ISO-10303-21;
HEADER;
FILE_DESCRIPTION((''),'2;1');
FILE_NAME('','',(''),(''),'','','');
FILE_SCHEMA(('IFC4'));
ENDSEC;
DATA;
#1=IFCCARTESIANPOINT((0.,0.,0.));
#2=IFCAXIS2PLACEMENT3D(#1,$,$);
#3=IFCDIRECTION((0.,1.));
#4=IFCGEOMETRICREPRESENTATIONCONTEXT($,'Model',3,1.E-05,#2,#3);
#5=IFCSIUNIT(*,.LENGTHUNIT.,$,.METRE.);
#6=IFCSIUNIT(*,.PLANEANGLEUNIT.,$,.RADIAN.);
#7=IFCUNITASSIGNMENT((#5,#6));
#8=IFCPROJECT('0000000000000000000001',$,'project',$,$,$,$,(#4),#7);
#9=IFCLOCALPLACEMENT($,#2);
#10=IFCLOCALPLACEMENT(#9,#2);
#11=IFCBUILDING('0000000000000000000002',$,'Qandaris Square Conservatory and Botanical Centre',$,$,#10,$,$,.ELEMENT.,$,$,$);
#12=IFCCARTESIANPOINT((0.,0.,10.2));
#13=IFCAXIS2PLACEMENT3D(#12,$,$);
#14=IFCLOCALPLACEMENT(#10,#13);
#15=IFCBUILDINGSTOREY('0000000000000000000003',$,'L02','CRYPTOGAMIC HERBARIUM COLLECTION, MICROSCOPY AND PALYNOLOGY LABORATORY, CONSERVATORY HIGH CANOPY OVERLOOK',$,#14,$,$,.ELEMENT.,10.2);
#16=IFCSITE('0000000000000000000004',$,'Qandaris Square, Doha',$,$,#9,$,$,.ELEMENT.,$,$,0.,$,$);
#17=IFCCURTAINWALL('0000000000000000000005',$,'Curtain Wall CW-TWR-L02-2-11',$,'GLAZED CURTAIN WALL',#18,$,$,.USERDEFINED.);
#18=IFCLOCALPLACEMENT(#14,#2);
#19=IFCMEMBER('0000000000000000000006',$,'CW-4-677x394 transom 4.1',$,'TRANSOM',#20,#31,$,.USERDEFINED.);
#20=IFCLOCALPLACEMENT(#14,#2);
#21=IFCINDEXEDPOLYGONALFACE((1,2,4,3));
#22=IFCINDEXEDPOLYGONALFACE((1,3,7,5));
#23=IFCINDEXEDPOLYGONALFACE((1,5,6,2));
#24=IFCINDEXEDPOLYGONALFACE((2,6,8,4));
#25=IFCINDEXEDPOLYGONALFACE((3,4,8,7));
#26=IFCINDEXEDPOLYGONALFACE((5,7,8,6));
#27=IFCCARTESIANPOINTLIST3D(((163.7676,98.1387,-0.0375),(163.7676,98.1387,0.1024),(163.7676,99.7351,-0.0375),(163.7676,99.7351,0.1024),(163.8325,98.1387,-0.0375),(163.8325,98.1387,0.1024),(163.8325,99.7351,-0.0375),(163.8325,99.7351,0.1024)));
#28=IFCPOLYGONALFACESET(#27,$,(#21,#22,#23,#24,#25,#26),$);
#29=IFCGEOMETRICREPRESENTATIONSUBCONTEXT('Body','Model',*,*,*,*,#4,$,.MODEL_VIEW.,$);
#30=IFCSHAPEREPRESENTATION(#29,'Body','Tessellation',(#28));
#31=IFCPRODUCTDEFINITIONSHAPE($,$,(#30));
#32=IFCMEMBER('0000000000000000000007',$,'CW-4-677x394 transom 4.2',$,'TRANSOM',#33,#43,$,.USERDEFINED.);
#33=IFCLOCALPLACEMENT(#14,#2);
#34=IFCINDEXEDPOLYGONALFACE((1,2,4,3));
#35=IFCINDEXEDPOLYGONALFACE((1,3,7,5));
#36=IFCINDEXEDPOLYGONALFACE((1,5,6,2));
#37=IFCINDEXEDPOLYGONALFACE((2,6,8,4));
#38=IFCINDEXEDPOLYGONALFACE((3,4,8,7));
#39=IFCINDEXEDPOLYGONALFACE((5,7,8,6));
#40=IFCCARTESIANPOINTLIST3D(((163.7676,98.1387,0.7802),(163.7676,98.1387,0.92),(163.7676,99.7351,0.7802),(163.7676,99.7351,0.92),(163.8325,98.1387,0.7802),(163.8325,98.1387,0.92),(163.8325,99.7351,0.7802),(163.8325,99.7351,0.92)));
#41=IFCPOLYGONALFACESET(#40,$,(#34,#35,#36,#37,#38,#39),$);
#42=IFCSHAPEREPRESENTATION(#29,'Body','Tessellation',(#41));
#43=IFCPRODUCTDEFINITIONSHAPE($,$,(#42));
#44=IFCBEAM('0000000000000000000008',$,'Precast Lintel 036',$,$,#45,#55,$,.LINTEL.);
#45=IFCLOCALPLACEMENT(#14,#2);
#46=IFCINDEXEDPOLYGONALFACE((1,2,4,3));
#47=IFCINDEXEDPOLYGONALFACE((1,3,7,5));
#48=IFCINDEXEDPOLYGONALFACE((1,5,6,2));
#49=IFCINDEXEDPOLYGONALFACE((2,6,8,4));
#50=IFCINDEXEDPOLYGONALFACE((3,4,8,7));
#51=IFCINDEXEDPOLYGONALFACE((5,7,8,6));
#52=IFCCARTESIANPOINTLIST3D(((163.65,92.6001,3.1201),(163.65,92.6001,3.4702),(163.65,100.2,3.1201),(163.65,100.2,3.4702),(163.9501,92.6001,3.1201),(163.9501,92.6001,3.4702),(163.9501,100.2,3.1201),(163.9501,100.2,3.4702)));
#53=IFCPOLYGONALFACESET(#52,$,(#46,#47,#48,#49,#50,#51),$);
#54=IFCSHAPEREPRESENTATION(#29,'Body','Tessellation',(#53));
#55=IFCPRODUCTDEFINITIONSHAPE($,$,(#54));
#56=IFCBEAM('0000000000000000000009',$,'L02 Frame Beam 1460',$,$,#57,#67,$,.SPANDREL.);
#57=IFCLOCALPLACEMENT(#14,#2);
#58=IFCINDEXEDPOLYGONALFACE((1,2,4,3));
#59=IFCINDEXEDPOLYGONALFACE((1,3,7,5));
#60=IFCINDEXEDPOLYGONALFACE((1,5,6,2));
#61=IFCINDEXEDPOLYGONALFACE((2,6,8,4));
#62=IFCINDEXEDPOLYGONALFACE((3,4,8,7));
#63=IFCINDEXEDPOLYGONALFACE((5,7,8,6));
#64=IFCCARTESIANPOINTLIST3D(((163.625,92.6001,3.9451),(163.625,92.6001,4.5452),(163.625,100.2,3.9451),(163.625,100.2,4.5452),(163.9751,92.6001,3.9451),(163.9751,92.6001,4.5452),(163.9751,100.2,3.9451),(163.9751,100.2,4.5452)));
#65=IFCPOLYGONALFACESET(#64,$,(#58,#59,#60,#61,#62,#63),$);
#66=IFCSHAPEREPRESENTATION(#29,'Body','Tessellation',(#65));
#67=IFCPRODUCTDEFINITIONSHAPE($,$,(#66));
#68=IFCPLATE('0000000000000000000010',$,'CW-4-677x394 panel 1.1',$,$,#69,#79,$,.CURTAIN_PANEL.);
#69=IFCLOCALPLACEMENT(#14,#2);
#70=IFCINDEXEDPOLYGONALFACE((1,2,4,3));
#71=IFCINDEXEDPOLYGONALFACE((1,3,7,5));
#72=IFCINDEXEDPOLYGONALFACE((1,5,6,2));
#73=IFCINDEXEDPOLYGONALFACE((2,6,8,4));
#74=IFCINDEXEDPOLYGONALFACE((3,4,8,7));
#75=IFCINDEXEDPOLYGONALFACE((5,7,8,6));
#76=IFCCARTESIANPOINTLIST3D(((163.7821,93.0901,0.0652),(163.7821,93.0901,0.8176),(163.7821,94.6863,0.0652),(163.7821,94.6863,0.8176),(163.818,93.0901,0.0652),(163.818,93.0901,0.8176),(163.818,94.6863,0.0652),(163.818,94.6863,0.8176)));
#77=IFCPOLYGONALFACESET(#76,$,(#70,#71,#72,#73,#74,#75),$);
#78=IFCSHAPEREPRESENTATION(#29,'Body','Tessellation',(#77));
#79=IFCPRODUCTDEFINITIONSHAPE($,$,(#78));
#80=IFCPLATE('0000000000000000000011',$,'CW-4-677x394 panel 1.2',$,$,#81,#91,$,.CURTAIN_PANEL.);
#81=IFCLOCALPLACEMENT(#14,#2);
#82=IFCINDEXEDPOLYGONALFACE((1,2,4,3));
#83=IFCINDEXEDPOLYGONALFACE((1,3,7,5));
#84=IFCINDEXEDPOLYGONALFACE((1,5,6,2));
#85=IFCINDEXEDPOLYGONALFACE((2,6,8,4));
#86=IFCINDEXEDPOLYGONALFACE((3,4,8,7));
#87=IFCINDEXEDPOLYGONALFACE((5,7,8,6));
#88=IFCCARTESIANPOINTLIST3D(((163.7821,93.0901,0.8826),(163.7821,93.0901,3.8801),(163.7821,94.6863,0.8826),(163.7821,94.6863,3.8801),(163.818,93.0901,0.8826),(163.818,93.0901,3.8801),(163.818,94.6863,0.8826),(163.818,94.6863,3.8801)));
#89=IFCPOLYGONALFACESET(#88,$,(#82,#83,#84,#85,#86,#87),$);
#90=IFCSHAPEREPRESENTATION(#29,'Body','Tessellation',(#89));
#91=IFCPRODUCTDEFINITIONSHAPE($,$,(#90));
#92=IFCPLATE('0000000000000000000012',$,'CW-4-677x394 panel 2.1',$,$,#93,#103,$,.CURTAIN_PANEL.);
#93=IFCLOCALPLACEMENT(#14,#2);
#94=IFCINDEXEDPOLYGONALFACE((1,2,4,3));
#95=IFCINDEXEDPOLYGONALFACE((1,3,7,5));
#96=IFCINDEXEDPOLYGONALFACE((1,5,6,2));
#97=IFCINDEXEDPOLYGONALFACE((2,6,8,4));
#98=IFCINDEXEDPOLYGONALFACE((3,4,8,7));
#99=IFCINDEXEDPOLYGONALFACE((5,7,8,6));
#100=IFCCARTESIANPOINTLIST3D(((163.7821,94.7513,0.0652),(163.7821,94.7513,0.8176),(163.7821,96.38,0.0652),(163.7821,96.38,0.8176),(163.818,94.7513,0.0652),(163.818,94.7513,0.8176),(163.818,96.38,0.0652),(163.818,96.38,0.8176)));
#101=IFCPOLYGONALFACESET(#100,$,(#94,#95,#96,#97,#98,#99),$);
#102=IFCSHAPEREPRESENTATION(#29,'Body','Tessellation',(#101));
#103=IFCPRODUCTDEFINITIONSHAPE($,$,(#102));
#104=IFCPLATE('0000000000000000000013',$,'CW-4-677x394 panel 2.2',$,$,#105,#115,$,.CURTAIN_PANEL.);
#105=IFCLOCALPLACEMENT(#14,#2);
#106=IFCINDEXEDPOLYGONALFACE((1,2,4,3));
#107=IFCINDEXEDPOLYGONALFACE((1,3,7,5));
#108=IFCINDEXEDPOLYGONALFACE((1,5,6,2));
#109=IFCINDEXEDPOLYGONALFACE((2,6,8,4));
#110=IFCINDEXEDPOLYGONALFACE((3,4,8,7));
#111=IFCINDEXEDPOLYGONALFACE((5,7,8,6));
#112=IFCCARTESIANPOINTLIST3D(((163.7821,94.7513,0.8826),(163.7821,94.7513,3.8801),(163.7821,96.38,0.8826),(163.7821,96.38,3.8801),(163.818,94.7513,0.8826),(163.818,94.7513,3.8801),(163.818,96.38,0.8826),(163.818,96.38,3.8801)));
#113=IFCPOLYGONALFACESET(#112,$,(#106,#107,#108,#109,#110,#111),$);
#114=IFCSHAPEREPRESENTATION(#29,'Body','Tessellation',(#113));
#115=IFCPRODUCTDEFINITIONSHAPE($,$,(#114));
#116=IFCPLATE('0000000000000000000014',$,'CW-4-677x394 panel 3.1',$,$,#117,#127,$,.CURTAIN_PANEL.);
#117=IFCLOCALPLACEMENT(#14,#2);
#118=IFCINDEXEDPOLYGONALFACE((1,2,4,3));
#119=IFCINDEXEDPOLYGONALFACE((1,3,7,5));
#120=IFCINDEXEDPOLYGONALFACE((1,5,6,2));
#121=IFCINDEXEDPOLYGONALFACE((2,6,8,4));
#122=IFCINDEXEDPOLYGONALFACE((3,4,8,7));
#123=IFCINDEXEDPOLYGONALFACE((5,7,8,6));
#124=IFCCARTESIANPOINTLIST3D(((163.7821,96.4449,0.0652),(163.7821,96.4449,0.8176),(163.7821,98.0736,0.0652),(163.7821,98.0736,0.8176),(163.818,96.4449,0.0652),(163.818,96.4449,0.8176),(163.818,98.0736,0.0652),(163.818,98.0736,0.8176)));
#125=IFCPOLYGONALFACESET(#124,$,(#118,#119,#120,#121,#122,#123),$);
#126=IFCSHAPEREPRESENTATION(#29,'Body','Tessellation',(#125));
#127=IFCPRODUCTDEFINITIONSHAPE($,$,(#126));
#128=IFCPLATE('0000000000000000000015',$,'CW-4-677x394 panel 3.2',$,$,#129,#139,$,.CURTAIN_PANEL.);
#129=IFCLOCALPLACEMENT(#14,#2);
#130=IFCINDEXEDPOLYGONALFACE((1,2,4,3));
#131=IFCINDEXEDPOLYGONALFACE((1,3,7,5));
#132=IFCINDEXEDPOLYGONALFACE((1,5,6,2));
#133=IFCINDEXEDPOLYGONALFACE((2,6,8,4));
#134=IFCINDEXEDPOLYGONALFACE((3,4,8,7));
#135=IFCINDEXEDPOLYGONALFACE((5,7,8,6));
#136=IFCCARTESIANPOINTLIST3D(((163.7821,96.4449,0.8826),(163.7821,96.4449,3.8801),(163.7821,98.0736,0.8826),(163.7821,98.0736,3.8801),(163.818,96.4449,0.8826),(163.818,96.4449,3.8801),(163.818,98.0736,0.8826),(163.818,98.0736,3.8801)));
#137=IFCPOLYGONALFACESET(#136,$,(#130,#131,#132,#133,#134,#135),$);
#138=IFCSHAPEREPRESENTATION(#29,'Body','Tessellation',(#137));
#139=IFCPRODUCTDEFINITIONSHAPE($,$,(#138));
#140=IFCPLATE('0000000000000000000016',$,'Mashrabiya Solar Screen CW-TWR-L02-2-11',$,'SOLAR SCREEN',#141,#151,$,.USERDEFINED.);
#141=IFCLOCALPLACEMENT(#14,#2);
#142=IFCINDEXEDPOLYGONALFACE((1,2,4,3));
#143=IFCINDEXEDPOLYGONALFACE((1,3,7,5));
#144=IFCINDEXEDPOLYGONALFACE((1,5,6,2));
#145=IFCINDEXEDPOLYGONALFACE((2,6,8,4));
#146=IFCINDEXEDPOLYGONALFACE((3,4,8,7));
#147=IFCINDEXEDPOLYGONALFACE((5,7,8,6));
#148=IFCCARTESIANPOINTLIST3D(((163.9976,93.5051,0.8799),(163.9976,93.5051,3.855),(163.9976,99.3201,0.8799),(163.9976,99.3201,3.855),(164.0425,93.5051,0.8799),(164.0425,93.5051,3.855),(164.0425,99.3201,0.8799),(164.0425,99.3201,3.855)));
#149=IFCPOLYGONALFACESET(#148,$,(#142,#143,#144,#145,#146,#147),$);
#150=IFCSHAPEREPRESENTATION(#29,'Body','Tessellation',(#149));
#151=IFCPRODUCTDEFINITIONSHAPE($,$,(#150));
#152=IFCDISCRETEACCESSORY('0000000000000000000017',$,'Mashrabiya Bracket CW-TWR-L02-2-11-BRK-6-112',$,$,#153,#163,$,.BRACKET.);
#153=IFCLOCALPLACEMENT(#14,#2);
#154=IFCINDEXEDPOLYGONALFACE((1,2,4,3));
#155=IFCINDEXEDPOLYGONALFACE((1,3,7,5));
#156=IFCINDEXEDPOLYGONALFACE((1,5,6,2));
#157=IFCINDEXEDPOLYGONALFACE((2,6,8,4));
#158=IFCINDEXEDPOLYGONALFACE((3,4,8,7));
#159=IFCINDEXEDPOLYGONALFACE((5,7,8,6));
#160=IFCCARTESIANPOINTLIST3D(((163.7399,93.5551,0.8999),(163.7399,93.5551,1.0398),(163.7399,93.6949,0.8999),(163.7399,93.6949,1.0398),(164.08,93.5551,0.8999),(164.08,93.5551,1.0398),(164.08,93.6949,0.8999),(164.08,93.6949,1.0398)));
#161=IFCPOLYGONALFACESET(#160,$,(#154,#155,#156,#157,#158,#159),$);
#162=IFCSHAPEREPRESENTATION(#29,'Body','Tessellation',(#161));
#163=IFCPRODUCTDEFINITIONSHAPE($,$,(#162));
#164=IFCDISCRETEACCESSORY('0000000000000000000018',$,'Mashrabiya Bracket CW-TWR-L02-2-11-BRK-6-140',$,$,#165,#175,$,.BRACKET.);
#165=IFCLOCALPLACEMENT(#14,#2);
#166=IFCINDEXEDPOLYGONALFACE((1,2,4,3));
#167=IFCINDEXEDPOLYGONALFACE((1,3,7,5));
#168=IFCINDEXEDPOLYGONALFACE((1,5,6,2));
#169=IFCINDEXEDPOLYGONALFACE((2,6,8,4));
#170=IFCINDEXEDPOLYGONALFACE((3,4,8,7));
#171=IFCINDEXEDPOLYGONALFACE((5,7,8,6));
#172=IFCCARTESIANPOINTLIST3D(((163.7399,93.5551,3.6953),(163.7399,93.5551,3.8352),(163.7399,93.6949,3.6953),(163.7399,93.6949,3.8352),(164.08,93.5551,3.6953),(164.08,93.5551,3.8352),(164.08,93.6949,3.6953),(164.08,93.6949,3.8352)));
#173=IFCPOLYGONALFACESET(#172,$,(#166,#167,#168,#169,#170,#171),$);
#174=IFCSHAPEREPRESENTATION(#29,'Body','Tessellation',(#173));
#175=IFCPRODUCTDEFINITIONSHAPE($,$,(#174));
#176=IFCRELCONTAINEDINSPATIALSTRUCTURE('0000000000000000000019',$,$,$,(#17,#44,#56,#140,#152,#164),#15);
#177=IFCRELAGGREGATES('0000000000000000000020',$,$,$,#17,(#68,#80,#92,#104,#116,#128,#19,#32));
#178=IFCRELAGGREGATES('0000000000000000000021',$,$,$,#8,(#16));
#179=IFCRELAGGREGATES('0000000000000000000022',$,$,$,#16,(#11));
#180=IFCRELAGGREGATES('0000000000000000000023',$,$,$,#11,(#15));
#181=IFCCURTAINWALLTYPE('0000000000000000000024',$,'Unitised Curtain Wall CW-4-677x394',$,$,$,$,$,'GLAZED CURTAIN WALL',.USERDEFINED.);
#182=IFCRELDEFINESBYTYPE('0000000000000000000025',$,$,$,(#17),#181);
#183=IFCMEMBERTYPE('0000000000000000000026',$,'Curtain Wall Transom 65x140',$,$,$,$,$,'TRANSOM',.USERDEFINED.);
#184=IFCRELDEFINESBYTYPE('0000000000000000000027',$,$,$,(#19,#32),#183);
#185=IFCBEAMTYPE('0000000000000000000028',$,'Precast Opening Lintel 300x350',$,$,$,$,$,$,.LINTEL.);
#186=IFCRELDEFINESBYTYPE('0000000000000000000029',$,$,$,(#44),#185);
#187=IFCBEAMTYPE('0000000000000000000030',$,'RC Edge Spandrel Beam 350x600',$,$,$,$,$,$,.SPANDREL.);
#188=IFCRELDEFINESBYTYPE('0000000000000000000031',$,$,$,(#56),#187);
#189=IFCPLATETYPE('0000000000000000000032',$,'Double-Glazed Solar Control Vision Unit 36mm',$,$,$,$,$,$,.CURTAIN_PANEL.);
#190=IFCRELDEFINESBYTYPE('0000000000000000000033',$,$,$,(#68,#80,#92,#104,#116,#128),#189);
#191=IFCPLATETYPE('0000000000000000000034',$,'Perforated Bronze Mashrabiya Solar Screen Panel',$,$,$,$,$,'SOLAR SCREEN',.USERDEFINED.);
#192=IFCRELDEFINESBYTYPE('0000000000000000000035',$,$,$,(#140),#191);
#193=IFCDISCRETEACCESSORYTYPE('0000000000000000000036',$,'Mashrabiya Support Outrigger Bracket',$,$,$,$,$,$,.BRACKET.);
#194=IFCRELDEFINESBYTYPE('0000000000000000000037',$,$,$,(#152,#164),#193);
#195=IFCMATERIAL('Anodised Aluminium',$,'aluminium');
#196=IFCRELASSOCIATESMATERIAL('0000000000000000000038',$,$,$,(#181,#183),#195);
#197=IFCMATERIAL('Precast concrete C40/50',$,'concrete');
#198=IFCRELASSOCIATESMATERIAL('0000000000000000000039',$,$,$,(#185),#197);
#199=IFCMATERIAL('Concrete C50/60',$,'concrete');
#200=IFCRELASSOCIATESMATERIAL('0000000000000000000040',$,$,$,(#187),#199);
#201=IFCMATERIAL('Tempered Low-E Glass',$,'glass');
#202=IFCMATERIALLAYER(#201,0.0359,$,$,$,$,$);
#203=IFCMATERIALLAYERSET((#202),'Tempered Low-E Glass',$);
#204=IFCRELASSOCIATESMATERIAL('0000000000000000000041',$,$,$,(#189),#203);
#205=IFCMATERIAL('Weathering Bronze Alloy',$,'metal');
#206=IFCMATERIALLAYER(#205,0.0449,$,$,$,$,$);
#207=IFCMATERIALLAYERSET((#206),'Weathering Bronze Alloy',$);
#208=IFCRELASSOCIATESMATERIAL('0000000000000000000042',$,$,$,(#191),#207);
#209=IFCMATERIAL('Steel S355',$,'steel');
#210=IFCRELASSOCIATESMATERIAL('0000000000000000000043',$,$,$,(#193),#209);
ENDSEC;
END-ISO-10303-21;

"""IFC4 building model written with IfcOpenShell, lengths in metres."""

from ifc_helpers import new_model, si_unit, direction, frame, origin, origin_2d, place, context, subcontext, project, spatial, rectangle, extrude, material, layer, layer_set, material_profile, profile_set, type_object, element, aggregate, save


model = new_model("IFC4")

# Units and contexts
model_context = context("Model", 3, precision=1e-05, world=origin(), true_north=direction((0.0, 1.0)))
body_context = subcontext(model_context, "Body", "Model", "MODEL_VIEW")
ifc_project = project(units=[si_unit("LENGTHUNIT", "METRE"), si_unit("PLANEANGLEUNIT", "RADIAN")], contexts=[model_context])

# Site, building, storey
site_placement = place(None, origin())
site = spatial("IfcSite", under=ifc_project, at=site_placement, Name="Qandaris Square, Doha", CompositionType="ELEMENT", RefElevation=0.0)
building_placement = place(site_placement, origin())
building = spatial("IfcBuilding", under=site, at=building_placement, Name="Qandaris Square Conservatory and Botanical Centre", CompositionType="ELEMENT")
storey_placement = place(building_placement, frame((0.0, 0.0, 10.2)))
storey = spatial("IfcBuildingStorey", under=building, at=storey_placement, Name="L02", Description="CRYPTOGAMIC HERBARIUM COLLECTION, MICROSCOPY AND PALYNOLOGY LABORATORY, CONSERVATORY HIGH CANOPY OVERLOOK", CompositionType="ELEMENT", Elevation=10.2)

# Shared definitions
ifc_material_1 = material(Name="Concrete C50/60", Category="concrete")

# Curtain wall, members
ifc_material_2 = material(Name="Anodised Aluminium", Category="aluminium")
curtain_wall_type = type_object("IfcCurtainWallType", Name="Unitised Curtain Wall CW-4-677x394", ElementType="GLAZED CURTAIN WALL", PredefinedType="USERDEFINED", material=ifc_material_2)
curtain_wall_placement = place(storey_placement, origin())
curtain_wall = element("IfcCurtainWall", 1, at=curtain_wall_placement, inside=storey, type_object=curtain_wall_type, Name="Curtain Wall CW-TWR-L02-2-11", ObjectType="GLAZED CURTAIN WALL", PredefinedType="USERDEFINED")
ifc_material_profile_1 = material_profile(ifc_material_2, rectangle(XDim=0.0649, YDim=0.1399, at=origin_2d()), Name="ALU-TRN 65x140")
ifc_profile_set_1 = profile_set([ifc_material_profile_1], Name="Anodised Aluminium")
member_type_1 = type_object("IfcMemberType", Name="Curtain Wall Transom 65x140", ElementType="TRANSOM", PredefinedType="USERDEFINED", material=ifc_profile_set_1)
member_1_placement = place(storey_placement, frame((163.8, 98.1387, 0.0325), z_axis=(0.0, 1.0, 0.0), x_axis=(-1.0, 0.0, 0.0)))
member_1 = element("IfcMember", 2, at=member_1_placement, type_object=member_type_1, Name="CW-4-677x394 transom 4.1", ObjectType="TRANSOM", PredefinedType="USERDEFINED", context=body_context, shape_type="SweptSolid", body=[
    extrude(rectangle(XDim=0.0649, YDim=0.1399, at=origin_2d()), origin(), (0.0, 0.0, 1.0), 1.5964),
])
member_2_placement = place(storey_placement, frame((163.8, 98.1387, 0.8501), z_axis=(0.0, 1.0, 0.0), x_axis=(-1.0, 0.0, 0.0)))
member_2 = element("IfcMember", 3, at=member_2_placement, type_object=member_type_1, Name="CW-4-677x394 transom 4.2", ObjectType="TRANSOM", PredefinedType="USERDEFINED", context=body_context, shape_type="SweptSolid", body=[
    extrude(rectangle(XDim=0.0649, YDim=0.1399, at=origin_2d()), origin(), (0.0, 0.0, 1.0), 1.5964),
])

# Beams
ifc_material_3 = material(Name="Precast concrete C40/50", Category="concrete")
ifc_material_profile_2 = material_profile(ifc_material_3, rectangle(XDim=0.3, YDim=0.3501, at=origin_2d()), Name="RC-LN 300x350")
ifc_profile_set_2 = profile_set([ifc_material_profile_2], Name="Precast concrete C40/50")
beam_type_1 = type_object("IfcBeamType", Name="Precast Opening Lintel 300x350", PredefinedType="LINTEL", material=ifc_profile_set_2)
beam_1_placement = place(storey_placement, frame((163.8, 92.6001, 3.2952), z_axis=(0.0, 1.0, 0.0), x_axis=(-1.0, 0.0, 0.0)))
element("IfcBeam", 4, at=beam_1_placement, inside=storey, type_object=beam_type_1, Name="Precast Lintel 036", PredefinedType="LINTEL", context=body_context, shape_type="SweptSolid", body=[
    extrude(rectangle(XDim=0.3, YDim=0.3501, at=origin_2d()), origin(), (0.0, 0.0, 1.0), 7.5999),
])
ifc_material_profile_3 = material_profile(ifc_material_1, rectangle(XDim=0.3501, YDim=0.6001, at=origin_2d()), Name="RC-SP 350x600")
ifc_profile_set_3 = profile_set([ifc_material_profile_3], Name="Concrete C50/60")
beam_type_2 = type_object("IfcBeamType", Name="RC Edge Spandrel Beam 350x600", PredefinedType="SPANDREL", material=ifc_profile_set_3)
beam_2_placement = place(storey_placement, frame((163.8, 92.6001, 4.2451), z_axis=(0.0, 1.0, 0.0), x_axis=(-1.0, 0.0, 0.0)))
element("IfcBeam", 5, at=beam_2_placement, inside=storey, type_object=beam_type_2, Name="L02 Frame Beam 1460", PredefinedType="SPANDREL", context=body_context, shape_type="SweptSolid", body=[
    extrude(rectangle(XDim=0.3501, YDim=0.6001, at=origin_2d()), origin(), (0.0, 0.0, 1.0), 7.5999),
])

# Plates
ifc_material_4 = material(Name="Tempered Low-E Glass", Category="glass")
ifc_layer_1 = layer(ifc_material_4, 0.0359)
ifc_layer_set_1 = layer_set([ifc_layer_1], Name="Tempered Low-E Glass")
plate_type_1 = type_object("IfcPlateType", Name="Double-Glazed Solar Control Vision Unit 36mm", PredefinedType="CURTAIN_PANEL", material=ifc_layer_set_1)
plate_1_placement = place(storey_placement, frame((163.8, 93.8882, 0.0652), z_axis=(0.0, 0.0, 1.0), x_axis=(0.0, 1.0, 0.0)))
plate_1 = element("IfcPlate", 6, at=plate_1_placement, type_object=plate_type_1, Name="CW-4-677x394 panel 1.1", PredefinedType="CURTAIN_PANEL", context=body_context, shape_type="SweptSolid", body=[
    extrude(rectangle(XDim=1.5962, YDim=0.0359, at=origin_2d()), origin(), (0.0, 0.0, 1.0), 0.7524),
])
plate_2_placement = place(storey_placement, frame((163.8, 93.8882, 0.8826), z_axis=(0.0, 0.0, 1.0), x_axis=(0.0, 1.0, 0.0)))
plate_2 = element("IfcPlate", 7, at=plate_2_placement, type_object=plate_type_1, Name="CW-4-677x394 panel 1.2", PredefinedType="CURTAIN_PANEL", context=body_context, shape_type="SweptSolid", body=[
    extrude(rectangle(XDim=1.5962, YDim=0.0359, at=origin_2d()), origin(), (0.0, 0.0, 1.0), 2.9976),
])
plate_3_placement = place(storey_placement, frame((163.8, 95.5657, 0.0652), z_axis=(0.0, 0.0, 1.0), x_axis=(0.0, 1.0, 0.0)))
plate_3 = element("IfcPlate", 8, at=plate_3_placement, type_object=plate_type_1, Name="CW-4-677x394 panel 2.1", PredefinedType="CURTAIN_PANEL", context=body_context, shape_type="SweptSolid", body=[
    extrude(rectangle(XDim=1.6287, YDim=0.0359, at=origin_2d()), origin(), (0.0, 0.0, 1.0), 0.7524),
])
plate_4_placement = place(storey_placement, frame((163.8, 95.5657, 0.8826), z_axis=(0.0, 0.0, 1.0), x_axis=(0.0, 1.0, 0.0)))
plate_4 = element("IfcPlate", 9, at=plate_4_placement, type_object=plate_type_1, Name="CW-4-677x394 panel 2.2", PredefinedType="CURTAIN_PANEL", context=body_context, shape_type="SweptSolid", body=[
    extrude(rectangle(XDim=1.6287, YDim=0.0359, at=origin_2d()), origin(), (0.0, 0.0, 1.0), 2.9976),
])
plate_5_placement = place(storey_placement, frame((163.8, 97.2593, 0.0652), z_axis=(0.0, 0.0, 1.0), x_axis=(0.0, 1.0, 0.0)))
plate_5 = element("IfcPlate", 10, at=plate_5_placement, type_object=plate_type_1, Name="CW-4-677x394 panel 3.1", PredefinedType="CURTAIN_PANEL", context=body_context, shape_type="SweptSolid", body=[
    extrude(rectangle(XDim=1.6287, YDim=0.0359, at=origin_2d()), origin(), (0.0, 0.0, 1.0), 0.7524),
])
plate_6_placement = place(storey_placement, frame((163.8, 97.2593, 0.8826), z_axis=(0.0, 0.0, 1.0), x_axis=(0.0, 1.0, 0.0)))
plate_6 = element("IfcPlate", 11, at=plate_6_placement, type_object=plate_type_1, Name="CW-4-677x394 panel 3.2", PredefinedType="CURTAIN_PANEL", context=body_context, shape_type="SweptSolid", body=[
    extrude(rectangle(XDim=1.6287, YDim=0.0359, at=origin_2d()), origin(), (0.0, 0.0, 1.0), 2.9976),
])
aggregate(curtain_wall, [plate_1, plate_2, plate_3, plate_4, plate_5, plate_6, member_1, member_2])
ifc_material_5 = material(Name="Weathering Bronze Alloy", Category="metal")
ifc_layer_2 = layer(ifc_material_5, 0.0449)
ifc_layer_set_2 = layer_set([ifc_layer_2], Name="Weathering Bronze Alloy")
plate_type_2 = type_object("IfcPlateType", Name="Perforated Bronze Mashrabiya Solar Screen Panel", ElementType="SOLAR SCREEN", PredefinedType="USERDEFINED", material=ifc_layer_set_2)
plate_7_placement = place(storey_placement, frame((164.02, 96.4126, 0.8799), z_axis=(0.0, 0.0, 1.0), x_axis=(0.0, 1.0, 0.0)))
element("IfcPlate", 12, at=plate_7_placement, inside=storey, type_object=plate_type_2, Name="Mashrabiya Solar Screen CW-TWR-L02-2-11", ObjectType="SOLAR SCREEN", PredefinedType="USERDEFINED", context=body_context, shape_type="SweptSolid", body=[
    extrude(rectangle(XDim=5.8149, YDim=0.0449, at=origin_2d()), origin(), (0.0, 0.0, 1.0), 2.9751),
])

# Discrete accessories
ifc_material_6 = material(Name="Steel S355", Category="steel")
discrete_accessory_type = type_object("IfcDiscreteAccessoryType", Name="Mashrabiya Support Outrigger Bracket", PredefinedType="BRACKET", material=ifc_material_6)
for number, where, z_axis, x_axis, name in (
    (13, (163.9099, 93.625, 0.8999), (0.0, 0.0, 1.0), (0.0, 1.0, 0.0), "Mashrabiya Bracket CW-TWR-L02-2-11-BRK-6-112"),
    (14, (163.9099, 93.625, 3.6953), (0.0, 0.0, 1.0), (0.0, 1.0, 0.0), "Mashrabiya Bracket CW-TWR-L02-2-11-BRK-6-140"),
):
    element("IfcDiscreteAccessory", number, at=place(storey_placement, frame(where, z_axis=z_axis, x_axis=x_axis)), inside=storey, type_object=discrete_accessory_type, Name=name, PredefinedType="BRACKET", context=body_context, shape_type="SweptSolid", body=[
        extrude(rectangle(XDim=0.1399, YDim=0.3401, at=origin_2d()), origin(), (0.0, 0.0, 1.0), 0.1399),
    ])

save(model, "model.ifc")
